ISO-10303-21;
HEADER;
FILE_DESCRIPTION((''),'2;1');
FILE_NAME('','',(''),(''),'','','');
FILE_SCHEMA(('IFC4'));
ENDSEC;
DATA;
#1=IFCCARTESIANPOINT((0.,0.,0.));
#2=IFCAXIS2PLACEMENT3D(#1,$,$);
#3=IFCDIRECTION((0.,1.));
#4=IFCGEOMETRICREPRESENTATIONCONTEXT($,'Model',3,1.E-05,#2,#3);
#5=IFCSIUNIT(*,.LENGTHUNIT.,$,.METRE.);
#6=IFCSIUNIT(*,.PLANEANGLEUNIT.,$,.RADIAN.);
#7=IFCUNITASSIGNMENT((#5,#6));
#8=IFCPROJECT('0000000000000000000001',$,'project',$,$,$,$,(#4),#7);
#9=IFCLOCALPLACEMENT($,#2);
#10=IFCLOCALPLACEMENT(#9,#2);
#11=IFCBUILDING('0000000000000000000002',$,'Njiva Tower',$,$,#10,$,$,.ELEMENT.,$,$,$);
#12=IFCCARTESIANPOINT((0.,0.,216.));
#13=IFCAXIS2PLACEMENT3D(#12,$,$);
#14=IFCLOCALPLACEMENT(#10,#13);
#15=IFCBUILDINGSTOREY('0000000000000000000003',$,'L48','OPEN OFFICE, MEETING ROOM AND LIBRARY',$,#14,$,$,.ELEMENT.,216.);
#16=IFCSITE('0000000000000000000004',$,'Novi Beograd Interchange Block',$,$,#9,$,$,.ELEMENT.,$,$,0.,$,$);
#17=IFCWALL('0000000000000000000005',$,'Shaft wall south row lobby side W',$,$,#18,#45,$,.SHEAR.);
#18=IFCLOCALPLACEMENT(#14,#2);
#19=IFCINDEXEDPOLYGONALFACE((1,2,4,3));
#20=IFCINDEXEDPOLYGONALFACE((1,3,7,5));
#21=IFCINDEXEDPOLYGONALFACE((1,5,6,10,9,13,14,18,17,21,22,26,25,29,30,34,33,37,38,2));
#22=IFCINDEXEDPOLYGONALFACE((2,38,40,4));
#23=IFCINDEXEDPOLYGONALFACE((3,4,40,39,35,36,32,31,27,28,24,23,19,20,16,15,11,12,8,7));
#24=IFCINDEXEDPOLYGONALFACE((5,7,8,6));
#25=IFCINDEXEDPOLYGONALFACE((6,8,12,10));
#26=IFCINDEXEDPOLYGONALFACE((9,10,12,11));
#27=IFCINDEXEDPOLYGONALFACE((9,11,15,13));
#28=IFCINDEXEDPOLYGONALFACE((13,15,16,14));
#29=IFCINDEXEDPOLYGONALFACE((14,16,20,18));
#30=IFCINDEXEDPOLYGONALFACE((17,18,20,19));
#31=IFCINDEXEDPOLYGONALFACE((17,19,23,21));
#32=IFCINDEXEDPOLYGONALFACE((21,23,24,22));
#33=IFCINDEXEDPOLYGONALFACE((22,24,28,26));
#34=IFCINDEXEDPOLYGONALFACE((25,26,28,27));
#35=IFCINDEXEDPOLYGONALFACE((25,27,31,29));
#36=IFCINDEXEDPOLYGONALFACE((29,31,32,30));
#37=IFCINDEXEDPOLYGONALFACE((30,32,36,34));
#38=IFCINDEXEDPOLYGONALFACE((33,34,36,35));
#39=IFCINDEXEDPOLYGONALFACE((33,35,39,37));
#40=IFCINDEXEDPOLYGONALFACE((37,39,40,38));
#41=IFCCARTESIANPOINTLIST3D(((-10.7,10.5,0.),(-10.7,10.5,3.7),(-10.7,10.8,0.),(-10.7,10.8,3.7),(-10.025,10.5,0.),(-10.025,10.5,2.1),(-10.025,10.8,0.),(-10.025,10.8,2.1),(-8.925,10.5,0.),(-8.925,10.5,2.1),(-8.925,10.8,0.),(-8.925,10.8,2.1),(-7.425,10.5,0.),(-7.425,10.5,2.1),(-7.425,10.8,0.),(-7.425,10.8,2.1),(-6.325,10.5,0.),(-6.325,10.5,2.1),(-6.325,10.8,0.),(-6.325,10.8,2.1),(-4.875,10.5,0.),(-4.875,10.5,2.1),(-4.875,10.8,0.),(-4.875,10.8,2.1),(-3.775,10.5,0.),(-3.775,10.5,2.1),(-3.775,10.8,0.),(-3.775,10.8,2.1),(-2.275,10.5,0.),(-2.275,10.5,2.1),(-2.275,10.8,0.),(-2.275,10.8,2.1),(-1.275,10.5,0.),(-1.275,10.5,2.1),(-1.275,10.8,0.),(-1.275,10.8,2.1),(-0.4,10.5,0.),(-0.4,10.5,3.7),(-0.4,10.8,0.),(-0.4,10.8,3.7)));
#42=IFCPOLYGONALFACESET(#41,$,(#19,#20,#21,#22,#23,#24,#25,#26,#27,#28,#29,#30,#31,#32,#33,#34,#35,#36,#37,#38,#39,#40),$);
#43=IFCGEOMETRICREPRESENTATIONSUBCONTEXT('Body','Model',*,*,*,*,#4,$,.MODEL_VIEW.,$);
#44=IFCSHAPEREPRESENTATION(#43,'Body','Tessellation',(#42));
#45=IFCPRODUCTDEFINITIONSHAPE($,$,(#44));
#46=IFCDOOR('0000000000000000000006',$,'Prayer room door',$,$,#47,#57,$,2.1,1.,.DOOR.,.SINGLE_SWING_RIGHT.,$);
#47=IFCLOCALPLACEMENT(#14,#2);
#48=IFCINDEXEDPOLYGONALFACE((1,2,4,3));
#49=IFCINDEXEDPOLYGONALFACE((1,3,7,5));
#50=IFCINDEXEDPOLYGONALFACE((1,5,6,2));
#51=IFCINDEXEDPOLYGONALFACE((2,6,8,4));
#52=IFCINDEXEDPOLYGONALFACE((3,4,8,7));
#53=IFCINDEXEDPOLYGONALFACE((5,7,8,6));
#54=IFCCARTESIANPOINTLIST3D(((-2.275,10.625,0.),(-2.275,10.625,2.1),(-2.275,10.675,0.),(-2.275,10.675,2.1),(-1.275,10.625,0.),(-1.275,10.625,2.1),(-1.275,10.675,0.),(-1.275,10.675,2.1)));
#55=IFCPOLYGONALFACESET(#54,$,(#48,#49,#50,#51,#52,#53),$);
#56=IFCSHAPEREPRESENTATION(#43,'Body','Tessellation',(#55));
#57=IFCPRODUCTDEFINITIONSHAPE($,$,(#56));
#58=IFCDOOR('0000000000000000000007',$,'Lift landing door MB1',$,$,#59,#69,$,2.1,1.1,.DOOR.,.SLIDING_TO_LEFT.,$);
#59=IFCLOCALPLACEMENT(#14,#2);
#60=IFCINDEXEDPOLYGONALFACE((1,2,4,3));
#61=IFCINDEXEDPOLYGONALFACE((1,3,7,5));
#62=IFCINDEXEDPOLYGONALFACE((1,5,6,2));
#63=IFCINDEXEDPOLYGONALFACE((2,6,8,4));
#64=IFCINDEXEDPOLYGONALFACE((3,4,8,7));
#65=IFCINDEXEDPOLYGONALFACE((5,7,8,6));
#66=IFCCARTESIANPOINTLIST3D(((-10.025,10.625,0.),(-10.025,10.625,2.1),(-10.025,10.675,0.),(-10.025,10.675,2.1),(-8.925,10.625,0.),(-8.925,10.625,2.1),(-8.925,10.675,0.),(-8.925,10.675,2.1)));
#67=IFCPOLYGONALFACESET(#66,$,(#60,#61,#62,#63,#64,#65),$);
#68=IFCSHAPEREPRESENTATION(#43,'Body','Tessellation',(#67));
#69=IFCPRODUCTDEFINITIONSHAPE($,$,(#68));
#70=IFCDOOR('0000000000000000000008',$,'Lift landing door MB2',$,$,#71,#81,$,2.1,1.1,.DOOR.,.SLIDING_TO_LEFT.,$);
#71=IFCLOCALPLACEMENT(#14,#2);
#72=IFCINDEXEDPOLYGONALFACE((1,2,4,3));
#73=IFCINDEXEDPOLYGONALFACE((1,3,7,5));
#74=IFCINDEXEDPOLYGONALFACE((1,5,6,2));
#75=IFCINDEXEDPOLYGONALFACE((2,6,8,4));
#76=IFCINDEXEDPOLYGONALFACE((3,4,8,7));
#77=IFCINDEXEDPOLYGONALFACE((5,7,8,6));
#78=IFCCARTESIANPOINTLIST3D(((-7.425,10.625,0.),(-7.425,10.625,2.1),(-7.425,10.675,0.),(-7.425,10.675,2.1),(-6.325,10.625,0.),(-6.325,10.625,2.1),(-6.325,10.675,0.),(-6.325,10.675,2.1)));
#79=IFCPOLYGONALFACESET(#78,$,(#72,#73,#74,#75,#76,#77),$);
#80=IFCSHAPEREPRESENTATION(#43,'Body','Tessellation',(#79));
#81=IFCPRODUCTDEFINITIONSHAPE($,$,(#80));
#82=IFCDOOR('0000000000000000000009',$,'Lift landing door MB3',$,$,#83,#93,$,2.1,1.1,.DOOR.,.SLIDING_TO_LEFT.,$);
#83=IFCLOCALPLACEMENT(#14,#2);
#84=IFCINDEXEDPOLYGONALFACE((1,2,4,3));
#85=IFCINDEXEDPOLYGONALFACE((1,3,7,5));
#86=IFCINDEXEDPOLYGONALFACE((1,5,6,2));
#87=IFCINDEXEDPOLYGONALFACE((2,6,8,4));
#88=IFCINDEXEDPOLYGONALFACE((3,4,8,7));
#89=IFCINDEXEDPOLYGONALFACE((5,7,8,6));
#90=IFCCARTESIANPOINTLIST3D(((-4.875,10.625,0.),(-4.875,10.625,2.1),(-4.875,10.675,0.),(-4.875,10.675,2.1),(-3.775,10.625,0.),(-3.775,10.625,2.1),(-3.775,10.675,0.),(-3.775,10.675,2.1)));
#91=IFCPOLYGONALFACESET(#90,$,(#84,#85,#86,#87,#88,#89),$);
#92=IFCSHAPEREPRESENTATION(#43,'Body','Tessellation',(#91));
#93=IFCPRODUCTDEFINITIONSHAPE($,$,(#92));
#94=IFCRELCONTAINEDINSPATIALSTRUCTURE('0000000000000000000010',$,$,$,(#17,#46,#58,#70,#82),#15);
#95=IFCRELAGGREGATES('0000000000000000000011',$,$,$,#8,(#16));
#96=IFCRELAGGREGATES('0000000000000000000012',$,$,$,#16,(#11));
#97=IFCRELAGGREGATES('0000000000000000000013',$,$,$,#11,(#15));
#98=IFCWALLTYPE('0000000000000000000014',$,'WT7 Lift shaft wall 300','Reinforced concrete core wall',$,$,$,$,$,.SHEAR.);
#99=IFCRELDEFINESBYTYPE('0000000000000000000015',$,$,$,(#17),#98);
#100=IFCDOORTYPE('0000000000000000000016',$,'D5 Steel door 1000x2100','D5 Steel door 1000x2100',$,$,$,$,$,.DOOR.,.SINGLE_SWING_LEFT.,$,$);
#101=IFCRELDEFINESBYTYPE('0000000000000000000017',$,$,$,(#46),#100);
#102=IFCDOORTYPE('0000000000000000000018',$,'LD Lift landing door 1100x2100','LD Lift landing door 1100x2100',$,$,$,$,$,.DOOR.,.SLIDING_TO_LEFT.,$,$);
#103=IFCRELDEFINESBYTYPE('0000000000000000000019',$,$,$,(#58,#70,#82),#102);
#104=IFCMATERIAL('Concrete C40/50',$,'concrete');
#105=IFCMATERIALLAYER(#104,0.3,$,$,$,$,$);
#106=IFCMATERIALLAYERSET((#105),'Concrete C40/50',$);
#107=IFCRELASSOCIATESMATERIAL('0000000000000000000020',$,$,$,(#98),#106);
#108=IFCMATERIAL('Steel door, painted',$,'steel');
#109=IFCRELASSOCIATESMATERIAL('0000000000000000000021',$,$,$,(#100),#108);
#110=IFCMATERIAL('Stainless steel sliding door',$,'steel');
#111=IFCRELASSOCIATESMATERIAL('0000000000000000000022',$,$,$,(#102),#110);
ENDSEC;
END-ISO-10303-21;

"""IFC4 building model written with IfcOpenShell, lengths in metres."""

from ifc_helpers import new_model, si_unit, direction, frame, frame_2d, origin, place, context, subcontext, project, spatial, rectangle, extrude, material, layer, layer_set, type_object, element, fill, save


model = new_model("IFC4")

# Units and contexts
model_context = context("Model", 3, precision=1e-05, world=origin(), true_north=direction((0.0, 1.0)))
body_context = subcontext(model_context, "Body", "Model", "MODEL_VIEW")
ifc_project = project(units=[si_unit("LENGTHUNIT", "METRE"), si_unit("PLANEANGLEUNIT", "RADIAN")], contexts=[model_context])

# Site, building, storey
site_placement = place(None, origin())
site = spatial("IfcSite", under=ifc_project, at=site_placement, Name="Novi Beograd Interchange Block", CompositionType="ELEMENT", RefElevation=0.0)
building_placement = place(site_placement, origin())
building = spatial("IfcBuilding", under=site, at=building_placement, Name="Njiva Tower", CompositionType="ELEMENT")
storey_placement = place(building_placement, frame((0.0, 0.0, 216.0)))
storey = spatial("IfcBuildingStorey", under=building, at=storey_placement, Name="L48", Description="OPEN OFFICE, MEETING ROOM AND LIBRARY", CompositionType="ELEMENT", Elevation=216.0)

# Shared definitions
ifc_material_1 = material(Name="Concrete C40/50", Category="concrete")

# Wall, openings, doors
ifc_layer_1 = layer(ifc_material_1, 0.3)
ifc_layer_set_1 = layer_set([ifc_layer_1], Name="Concrete C40/50")
wall_type_1 = type_object("IfcWallType", Name="WT7 Lift shaft wall 300", Description="Reinforced concrete core wall", PredefinedType="SHEAR", material=ifc_layer_set_1)
ifc_material_2 = material(Name="Steel door, painted", Category="steel")
door_type_1 = type_object("IfcDoorType", Name="D5 Steel door 1000x2100", Description="D5 Steel door 1000x2100", OperationType="SINGLE_SWING_LEFT", PredefinedType="DOOR", material=ifc_material_2)
ifc_material_3 = material(Name="Stainless steel sliding door", Category="steel")
door_type_2 = type_object("IfcDoorType", Name="LD Lift landing door 1100x2100", Description="LD Lift landing door 1100x2100", OperationType="SLIDING_TO_LEFT", PredefinedType="DOOR", material=ifc_material_3)
wall_1_placement = place(storey_placement, frame((-10.7, 10.65, 0.0), z_axis=(0.0, 0.0, 1.0), x_axis=(1.0, 0.0, 0.0)))
wall_1 = element("IfcWall", 1, at=wall_1_placement, inside=storey, type_object=wall_type_1, Name="Shaft wall south row lobby side W", PredefinedType="SHEAR", context=body_context, shape_type="SweptSolid", body=[
    extrude(rectangle(XDim=10.3, YDim=0.3, at=frame_2d((5.15, 0.0))), origin(), (0.0, 0.0, 1.0), 3.7),
])
opening_1_placement = place(wall_1_placement, frame((0.675, 0.0, 0.0)))
opening_1 = element("IfcOpeningElement", 2, at=opening_1_placement, cuts=wall_1, PredefinedType="OPENING", context=body_context, shape_type="SweptSolid", body=[
    extrude(rectangle(XDim=1.1, YDim=2.1, at=frame_2d((0.55, 1.05))), frame((0.0, 0.16, 0.0), z_axis=(0.0, -1.0, 0.0), x_axis=(1.0, 0.0, 0.0)), (0.0, 0.0, 1.0), 0.32),
])
opening_2_placement = place(wall_1_placement, frame((3.275, 0.0, 0.0)))
opening_2 = element("IfcOpeningElement", 3, at=opening_2_placement, cuts=wall_1, PredefinedType="OPENING", context=body_context, shape_type="SweptSolid", body=[
    extrude(rectangle(XDim=1.1, YDim=2.1, at=frame_2d((0.55, 1.05))), frame((0.0, 0.16, 0.0), z_axis=(0.0, -1.0, 0.0), x_axis=(1.0, 0.0, 0.0)), (0.0, 0.0, 1.0), 0.32),
])
opening_3_placement = place(wall_1_placement, frame((5.825, 0.0, 0.0)))
opening_3 = element("IfcOpeningElement", 4, at=opening_3_placement, cuts=wall_1, PredefinedType="OPENING", context=body_context, shape_type="SweptSolid", body=[
    extrude(rectangle(XDim=1.1, YDim=2.1, at=frame_2d((0.55, 1.05))), frame((0.0, 0.16, 0.0), z_axis=(0.0, -1.0, 0.0), x_axis=(1.0, 0.0, 0.0)), (0.0, 0.0, 1.0), 0.32),
])
opening_4_placement = place(wall_1_placement, frame((8.425, 0.0, 0.0)))
opening_4 = element("IfcOpeningElement", 5, at=opening_4_placement, cuts=wall_1, PredefinedType="OPENING", context=body_context, shape_type="SweptSolid", body=[
    extrude(rectangle(XDim=1.0, YDim=2.1, at=frame_2d((0.5, 1.05))), frame((0.0, 0.16, 0.0), z_axis=(0.0, -1.0, 0.0), x_axis=(1.0, 0.0, 0.0)), (0.0, 0.0, 1.0), 0.32),
])
door_1_placement = place(opening_4_placement, origin())
door_1 = element("IfcDoor", 6, at=door_1_placement, inside=storey, type_object=door_type_1, Name="Prayer room door", OperationType="SINGLE_SWING_RIGHT", OverallHeight=2.1, OverallWidth=1.0, PredefinedType="DOOR", context=body_context, shape_type="SweptSolid", body=[
    extrude(rectangle(XDim=1.0, YDim=2.1, at=frame_2d((0.5, 1.05))), frame((0.0, 0.025, 0.0), z_axis=(0.0, -1.0, 0.0), x_axis=(1.0, 0.0, 0.0)), (0.0, 0.0, 1.0), 0.05),
])
fill(opening_4, door_1)
door_2_placement = place(opening_1_placement, origin())
door_2 = element("IfcDoor", 7, at=door_2_placement, inside=storey, type_object=door_type_2, Name="Lift landing door MB1", OperationType="SLIDING_TO_LEFT", OverallHeight=2.1, OverallWidth=1.1, PredefinedType="DOOR", context=body_context, shape_type="SweptSolid", body=[
    extrude(rectangle(XDim=1.1, YDim=2.1, at=frame_2d((0.55, 1.05))), frame((0.0, 0.025, 0.0), z_axis=(0.0, -1.0, 0.0), x_axis=(1.0, 0.0, 0.0)), (0.0, 0.0, 1.0), 0.05),
])
fill(opening_1, door_2)
door_3_placement = place(opening_2_placement, origin())
door_3 = element("IfcDoor", 8, at=door_3_placement, inside=storey, type_object=door_type_2, Name="Lift landing door MB2", OperationType="SLIDING_TO_LEFT", OverallHeight=2.1, OverallWidth=1.1, PredefinedType="DOOR", context=body_context, shape_type="SweptSolid", body=[
    extrude(rectangle(XDim=1.1, YDim=2.1, at=frame_2d((0.55, 1.05))), frame((0.0, 0.025, 0.0), z_axis=(0.0, -1.0, 0.0), x_axis=(1.0, 0.0, 0.0)), (0.0, 0.0, 1.0), 0.05),
])
fill(opening_2, door_3)
door_4_placement = place(opening_3_placement, origin())
door_4 = element("IfcDoor", 9, at=door_4_placement, inside=storey, type_object=door_type_2, Name="Lift landing door MB3", OperationType="SLIDING_TO_LEFT", OverallHeight=2.1, OverallWidth=1.1, PredefinedType="DOOR", context=body_context, shape_type="SweptSolid", body=[
    extrude(rectangle(XDim=1.1, YDim=2.1, at=frame_2d((0.55, 1.05))), frame((0.0, 0.025, 0.0), z_axis=(0.0, -1.0, 0.0), x_axis=(1.0, 0.0, 0.0)), (0.0, 0.0, 1.0), 0.05),
])
fill(opening_3, door_4)

save(model, "model.ifc")
